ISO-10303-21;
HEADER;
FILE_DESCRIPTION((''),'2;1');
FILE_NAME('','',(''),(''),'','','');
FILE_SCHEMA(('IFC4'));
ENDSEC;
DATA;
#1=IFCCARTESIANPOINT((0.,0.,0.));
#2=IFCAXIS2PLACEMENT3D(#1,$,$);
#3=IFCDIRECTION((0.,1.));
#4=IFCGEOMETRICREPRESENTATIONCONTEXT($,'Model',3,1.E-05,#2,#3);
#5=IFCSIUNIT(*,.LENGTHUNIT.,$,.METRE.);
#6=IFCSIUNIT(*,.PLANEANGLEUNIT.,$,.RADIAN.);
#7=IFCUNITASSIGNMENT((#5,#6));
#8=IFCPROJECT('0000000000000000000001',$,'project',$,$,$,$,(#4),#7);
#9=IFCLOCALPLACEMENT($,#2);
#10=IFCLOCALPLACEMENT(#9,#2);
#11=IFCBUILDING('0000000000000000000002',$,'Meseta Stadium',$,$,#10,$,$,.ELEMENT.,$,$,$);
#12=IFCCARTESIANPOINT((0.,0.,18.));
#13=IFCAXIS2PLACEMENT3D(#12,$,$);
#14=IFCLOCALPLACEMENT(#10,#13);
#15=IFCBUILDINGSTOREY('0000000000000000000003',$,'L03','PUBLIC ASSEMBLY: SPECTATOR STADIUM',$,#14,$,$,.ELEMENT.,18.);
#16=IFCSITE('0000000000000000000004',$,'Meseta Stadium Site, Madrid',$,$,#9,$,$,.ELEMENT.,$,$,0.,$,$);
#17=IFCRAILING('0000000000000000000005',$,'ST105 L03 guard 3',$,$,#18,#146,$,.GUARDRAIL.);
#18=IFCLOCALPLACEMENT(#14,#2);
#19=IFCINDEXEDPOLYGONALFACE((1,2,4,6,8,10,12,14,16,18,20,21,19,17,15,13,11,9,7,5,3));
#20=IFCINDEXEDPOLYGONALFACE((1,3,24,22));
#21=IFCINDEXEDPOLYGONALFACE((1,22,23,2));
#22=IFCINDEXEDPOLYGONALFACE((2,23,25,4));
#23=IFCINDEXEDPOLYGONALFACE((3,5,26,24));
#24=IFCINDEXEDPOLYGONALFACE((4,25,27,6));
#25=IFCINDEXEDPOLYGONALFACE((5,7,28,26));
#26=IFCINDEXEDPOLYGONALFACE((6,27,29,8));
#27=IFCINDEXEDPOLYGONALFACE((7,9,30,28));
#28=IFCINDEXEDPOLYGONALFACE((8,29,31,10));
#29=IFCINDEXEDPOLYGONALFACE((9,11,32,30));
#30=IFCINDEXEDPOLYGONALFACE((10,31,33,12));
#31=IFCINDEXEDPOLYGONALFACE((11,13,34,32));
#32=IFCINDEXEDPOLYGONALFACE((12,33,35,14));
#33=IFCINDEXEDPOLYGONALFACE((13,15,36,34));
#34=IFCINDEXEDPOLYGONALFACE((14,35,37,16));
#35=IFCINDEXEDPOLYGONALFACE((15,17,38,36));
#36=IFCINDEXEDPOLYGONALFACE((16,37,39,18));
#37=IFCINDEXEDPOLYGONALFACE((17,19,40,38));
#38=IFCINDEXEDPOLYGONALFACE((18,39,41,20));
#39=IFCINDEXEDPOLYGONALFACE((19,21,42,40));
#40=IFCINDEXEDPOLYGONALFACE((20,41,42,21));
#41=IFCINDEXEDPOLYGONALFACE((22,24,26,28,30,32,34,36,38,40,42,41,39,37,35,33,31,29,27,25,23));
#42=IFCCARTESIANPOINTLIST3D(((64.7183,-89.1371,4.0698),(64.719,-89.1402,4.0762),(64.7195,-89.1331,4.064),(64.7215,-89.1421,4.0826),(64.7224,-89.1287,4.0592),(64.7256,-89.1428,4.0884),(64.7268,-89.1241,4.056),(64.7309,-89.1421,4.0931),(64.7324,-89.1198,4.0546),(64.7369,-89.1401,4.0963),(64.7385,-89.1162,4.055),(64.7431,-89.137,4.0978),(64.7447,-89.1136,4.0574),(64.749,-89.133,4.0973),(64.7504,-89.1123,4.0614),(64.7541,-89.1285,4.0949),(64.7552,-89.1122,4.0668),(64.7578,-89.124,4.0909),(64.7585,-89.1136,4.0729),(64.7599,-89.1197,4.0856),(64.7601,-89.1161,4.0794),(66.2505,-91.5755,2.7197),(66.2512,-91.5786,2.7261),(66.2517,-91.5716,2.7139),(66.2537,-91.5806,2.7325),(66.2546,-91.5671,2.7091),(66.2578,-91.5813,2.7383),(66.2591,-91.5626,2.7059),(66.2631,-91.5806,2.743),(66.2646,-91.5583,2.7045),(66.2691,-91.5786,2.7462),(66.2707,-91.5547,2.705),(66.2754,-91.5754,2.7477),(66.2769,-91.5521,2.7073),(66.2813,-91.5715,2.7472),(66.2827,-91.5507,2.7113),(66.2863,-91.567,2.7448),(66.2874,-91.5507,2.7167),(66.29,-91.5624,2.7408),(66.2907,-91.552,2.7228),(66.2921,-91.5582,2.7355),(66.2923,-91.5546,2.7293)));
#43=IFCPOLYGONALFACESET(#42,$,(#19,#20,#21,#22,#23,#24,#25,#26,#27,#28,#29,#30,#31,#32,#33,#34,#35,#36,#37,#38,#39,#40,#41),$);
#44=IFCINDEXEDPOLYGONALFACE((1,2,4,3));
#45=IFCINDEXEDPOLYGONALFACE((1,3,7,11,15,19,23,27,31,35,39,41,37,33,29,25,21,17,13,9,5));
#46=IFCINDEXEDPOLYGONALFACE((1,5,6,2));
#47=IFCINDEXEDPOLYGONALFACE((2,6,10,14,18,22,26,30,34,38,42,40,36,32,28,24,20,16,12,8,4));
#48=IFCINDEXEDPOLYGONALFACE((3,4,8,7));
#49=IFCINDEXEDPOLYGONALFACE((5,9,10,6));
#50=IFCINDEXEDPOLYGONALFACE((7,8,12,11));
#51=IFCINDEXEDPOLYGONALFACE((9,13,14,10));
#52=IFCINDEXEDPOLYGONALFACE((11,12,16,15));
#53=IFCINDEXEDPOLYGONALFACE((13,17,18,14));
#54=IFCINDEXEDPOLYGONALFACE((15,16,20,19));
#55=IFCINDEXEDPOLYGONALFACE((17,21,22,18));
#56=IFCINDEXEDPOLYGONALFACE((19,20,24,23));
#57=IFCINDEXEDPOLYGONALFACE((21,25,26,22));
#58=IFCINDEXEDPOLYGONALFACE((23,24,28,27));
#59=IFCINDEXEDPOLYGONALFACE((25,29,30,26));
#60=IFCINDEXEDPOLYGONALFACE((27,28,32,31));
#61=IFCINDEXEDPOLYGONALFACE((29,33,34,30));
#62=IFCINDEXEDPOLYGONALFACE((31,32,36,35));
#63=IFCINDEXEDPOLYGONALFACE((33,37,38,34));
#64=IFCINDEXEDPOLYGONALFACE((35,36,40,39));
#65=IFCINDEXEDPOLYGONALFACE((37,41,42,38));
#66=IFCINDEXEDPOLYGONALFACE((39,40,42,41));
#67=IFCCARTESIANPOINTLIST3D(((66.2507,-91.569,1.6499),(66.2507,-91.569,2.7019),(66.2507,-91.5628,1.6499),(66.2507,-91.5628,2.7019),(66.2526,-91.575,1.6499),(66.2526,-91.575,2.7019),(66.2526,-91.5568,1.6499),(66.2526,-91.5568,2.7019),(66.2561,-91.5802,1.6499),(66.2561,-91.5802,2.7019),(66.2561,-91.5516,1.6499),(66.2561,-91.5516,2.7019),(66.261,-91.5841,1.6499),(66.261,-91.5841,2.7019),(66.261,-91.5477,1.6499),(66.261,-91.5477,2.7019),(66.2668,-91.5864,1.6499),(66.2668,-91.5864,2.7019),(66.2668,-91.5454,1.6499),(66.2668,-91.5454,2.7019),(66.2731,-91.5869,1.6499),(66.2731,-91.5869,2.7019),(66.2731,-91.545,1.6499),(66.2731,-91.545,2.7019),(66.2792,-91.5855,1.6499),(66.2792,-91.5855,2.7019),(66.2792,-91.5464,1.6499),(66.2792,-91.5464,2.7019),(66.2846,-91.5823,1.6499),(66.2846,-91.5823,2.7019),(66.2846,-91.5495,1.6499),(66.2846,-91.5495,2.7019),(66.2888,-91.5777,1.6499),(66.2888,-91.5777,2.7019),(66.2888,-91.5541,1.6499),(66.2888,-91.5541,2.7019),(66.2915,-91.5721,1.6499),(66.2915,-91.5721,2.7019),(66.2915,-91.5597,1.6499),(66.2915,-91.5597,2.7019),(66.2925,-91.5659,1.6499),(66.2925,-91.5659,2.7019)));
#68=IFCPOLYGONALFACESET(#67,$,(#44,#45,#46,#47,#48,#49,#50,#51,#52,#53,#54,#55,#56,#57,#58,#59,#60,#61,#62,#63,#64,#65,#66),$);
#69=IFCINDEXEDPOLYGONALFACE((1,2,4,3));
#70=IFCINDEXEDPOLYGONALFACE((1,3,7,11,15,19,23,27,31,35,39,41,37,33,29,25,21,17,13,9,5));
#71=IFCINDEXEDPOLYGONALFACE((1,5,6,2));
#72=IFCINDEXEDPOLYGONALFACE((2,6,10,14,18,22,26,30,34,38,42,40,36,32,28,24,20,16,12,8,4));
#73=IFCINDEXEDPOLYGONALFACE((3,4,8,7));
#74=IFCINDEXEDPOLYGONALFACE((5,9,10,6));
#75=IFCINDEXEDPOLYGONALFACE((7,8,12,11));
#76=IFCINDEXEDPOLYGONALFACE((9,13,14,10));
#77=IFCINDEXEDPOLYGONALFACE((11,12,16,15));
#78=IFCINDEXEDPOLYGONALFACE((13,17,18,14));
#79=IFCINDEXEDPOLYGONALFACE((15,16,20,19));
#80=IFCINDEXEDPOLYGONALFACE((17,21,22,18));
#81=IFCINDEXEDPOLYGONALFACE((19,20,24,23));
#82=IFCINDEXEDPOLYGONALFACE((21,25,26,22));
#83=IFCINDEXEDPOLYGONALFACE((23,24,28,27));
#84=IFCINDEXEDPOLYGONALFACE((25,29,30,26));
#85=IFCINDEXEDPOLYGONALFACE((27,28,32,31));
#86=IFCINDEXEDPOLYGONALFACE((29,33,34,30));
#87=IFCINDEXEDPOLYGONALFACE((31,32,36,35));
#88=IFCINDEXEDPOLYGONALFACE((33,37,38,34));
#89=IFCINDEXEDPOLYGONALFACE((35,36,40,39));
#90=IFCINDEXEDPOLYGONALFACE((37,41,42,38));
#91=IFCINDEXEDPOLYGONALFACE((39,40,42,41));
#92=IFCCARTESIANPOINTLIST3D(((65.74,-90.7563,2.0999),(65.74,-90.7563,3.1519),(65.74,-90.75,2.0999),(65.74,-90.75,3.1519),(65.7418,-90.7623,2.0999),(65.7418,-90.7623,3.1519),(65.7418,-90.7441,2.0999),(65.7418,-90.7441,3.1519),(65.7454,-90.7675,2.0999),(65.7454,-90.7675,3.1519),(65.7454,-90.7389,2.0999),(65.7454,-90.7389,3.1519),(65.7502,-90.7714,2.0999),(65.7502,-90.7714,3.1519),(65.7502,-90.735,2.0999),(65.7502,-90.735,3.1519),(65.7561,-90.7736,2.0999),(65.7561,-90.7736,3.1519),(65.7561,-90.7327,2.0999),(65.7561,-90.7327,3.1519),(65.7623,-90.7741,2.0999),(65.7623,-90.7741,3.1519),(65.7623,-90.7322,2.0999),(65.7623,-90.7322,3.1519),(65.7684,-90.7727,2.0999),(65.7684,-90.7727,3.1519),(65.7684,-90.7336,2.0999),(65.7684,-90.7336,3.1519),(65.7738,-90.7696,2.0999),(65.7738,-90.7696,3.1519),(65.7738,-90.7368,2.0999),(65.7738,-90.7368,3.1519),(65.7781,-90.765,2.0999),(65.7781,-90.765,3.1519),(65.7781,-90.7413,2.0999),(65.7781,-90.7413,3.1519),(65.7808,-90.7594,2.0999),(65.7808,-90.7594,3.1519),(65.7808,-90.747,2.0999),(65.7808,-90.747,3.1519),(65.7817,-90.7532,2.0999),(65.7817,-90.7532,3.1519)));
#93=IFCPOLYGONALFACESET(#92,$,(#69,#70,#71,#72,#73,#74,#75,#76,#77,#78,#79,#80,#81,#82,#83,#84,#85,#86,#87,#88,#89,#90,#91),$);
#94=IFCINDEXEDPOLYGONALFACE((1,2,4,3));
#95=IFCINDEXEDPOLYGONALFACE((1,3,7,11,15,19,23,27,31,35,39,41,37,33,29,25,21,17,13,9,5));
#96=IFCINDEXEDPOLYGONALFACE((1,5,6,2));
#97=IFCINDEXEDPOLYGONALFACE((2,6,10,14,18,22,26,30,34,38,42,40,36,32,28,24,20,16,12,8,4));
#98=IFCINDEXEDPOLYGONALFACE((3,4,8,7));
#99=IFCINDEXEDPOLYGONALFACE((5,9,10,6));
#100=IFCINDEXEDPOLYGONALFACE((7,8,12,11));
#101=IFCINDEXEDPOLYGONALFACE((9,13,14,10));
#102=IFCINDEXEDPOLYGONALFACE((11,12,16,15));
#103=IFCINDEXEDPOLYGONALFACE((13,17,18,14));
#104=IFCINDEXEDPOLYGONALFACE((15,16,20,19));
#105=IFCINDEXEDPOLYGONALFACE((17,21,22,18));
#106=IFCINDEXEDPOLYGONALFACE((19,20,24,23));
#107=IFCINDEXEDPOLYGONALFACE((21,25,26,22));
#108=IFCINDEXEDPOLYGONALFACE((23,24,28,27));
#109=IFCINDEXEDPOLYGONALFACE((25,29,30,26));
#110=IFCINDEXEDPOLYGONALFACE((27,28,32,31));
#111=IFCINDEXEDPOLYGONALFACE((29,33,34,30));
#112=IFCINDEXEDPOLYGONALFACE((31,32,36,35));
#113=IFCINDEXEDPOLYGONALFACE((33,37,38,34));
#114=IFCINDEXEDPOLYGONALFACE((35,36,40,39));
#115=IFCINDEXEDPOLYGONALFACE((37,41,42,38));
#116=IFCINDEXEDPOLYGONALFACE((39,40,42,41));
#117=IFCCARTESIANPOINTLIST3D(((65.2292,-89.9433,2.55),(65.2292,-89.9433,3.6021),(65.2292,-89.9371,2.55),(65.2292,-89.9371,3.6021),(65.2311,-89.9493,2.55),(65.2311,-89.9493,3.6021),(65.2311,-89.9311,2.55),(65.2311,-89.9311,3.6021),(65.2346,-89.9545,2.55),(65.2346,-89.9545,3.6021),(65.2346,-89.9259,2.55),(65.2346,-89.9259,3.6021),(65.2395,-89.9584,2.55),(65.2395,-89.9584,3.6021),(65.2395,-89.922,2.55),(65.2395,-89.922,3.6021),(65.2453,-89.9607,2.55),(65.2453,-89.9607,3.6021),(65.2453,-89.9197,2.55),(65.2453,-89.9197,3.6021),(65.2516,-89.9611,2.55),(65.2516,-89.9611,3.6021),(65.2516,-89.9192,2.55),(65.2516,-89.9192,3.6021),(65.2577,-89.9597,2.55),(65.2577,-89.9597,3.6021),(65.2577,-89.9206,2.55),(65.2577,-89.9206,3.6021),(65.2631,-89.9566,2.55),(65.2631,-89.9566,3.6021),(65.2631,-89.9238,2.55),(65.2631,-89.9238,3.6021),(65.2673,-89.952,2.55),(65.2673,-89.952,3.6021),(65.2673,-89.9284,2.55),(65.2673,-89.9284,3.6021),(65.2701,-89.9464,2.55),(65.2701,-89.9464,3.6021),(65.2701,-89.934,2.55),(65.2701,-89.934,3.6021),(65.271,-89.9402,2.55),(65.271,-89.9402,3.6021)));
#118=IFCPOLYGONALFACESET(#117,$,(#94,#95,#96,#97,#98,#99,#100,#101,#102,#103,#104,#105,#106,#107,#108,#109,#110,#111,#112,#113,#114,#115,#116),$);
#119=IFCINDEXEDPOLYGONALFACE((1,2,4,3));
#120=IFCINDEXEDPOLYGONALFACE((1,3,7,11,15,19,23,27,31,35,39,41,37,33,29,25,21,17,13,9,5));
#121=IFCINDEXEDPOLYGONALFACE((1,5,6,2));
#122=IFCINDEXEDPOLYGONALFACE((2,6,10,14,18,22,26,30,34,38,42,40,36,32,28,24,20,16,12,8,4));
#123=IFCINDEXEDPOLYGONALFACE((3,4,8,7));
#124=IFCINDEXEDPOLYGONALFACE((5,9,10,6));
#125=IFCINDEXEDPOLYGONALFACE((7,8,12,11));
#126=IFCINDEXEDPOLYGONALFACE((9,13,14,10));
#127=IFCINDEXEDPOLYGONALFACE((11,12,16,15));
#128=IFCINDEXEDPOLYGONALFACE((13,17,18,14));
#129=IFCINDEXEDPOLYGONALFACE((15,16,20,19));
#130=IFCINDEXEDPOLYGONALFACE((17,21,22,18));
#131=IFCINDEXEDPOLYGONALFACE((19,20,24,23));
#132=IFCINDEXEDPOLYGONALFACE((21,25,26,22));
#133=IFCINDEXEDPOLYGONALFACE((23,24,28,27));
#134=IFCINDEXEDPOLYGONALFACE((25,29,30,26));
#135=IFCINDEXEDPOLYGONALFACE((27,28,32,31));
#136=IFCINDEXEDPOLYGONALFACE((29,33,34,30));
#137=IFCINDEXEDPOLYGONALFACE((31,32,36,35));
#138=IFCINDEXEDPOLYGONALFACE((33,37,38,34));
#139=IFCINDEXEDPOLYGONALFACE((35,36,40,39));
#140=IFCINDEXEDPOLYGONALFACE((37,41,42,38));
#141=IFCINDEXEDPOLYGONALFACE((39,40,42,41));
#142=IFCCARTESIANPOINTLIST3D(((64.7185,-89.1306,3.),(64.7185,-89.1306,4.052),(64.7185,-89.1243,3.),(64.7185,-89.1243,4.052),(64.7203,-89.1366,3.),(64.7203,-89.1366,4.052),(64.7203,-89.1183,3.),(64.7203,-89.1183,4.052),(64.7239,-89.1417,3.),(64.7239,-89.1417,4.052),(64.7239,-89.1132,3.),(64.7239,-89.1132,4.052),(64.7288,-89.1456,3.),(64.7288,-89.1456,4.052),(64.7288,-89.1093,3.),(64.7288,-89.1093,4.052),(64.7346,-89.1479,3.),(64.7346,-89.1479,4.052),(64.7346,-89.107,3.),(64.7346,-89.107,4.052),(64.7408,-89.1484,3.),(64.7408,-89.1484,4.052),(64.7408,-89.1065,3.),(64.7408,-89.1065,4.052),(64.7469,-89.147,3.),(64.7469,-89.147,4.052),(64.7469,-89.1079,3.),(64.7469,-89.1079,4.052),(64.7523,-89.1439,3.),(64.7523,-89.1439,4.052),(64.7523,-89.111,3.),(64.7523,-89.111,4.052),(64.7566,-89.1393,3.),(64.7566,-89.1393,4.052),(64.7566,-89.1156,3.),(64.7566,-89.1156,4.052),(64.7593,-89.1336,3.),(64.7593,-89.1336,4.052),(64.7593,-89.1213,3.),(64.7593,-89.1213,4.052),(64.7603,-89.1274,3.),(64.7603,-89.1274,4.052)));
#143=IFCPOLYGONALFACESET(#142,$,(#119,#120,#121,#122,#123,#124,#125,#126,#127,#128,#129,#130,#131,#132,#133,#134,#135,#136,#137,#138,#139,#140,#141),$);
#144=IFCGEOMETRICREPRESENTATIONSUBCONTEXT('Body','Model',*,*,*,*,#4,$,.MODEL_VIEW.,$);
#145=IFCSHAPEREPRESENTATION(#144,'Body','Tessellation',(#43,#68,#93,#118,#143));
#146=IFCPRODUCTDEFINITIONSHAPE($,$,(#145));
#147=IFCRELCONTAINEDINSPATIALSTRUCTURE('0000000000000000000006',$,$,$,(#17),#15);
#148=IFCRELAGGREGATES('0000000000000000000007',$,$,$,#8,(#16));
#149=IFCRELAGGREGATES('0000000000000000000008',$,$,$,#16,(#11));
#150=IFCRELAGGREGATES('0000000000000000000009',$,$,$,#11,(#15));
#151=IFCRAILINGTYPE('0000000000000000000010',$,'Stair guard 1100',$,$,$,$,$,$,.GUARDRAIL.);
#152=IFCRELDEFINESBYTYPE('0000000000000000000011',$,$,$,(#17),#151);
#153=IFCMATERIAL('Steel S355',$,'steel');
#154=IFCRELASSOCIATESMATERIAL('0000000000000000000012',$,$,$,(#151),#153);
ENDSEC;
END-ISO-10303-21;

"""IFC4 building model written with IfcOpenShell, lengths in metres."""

from ifc_helpers import new_model, si_unit, direction, frame, origin, origin_2d, place, context, subcontext, project, spatial, circle, extrude, material, type_object, element, save


model = new_model("IFC4")

# Units and contexts
model_context = context("Model", 3, precision=1e-05, world=origin(), true_north=direction((0.0, 1.0)))
body_context = subcontext(model_context, "Body", "Model", "MODEL_VIEW")
ifc_project = project(units=[si_unit("LENGTHUNIT", "METRE"), si_unit("PLANEANGLEUNIT", "RADIAN")], contexts=[model_context])

# Site, building, storey
site_placement = place(None, origin())
site = spatial("IfcSite", under=ifc_project, at=site_placement, Name="Meseta Stadium Site, Madrid", CompositionType="ELEMENT", RefElevation=0.0)
building_placement = place(site_placement, origin())
building = spatial("IfcBuilding", under=site, at=building_placement, Name="Meseta Stadium", CompositionType="ELEMENT")
storey_placement = place(building_placement, frame((0.0, 0.0, 18.0)))
storey = spatial("IfcBuildingStorey", under=building, at=storey_placement, Name="L03", Description="PUBLIC ASSEMBLY: SPECTATOR STADIUM", CompositionType="ELEMENT", Elevation=18.0)

# Railing
ifc_material_1 = material(Name="Steel S355", Category="steel")
railing_type_1 = type_object("IfcRailingType", Name="Stair guard 1100", PredefinedType="GUARDRAIL", material=ifc_material_1)
railing_1_placement = place(storey_placement, frame((66.2715, -91.5659, 1.6499)))
element("IfcRailing", 1, at=railing_1_placement, inside=storey, type_object=railing_type_1, Name="ST105 L03 guard 3", PredefinedType="GUARDRAIL", context=body_context, shape_type="SweptSolid", body=[
    extrude(circle(Radius=0.0239, at=origin_2d()), frame((0.0, 0.0, 1.0762), z_axis=(-0.481731, 0.766655, 0.42447), x_axis=(-0.846719, -0.53204, 0.0)), (0.0, 0.0, 1.0), 3.1807),
    extrude(circle(Radius=0.021, at=origin_2d()), origin(), (0.0, 0.0, 1.0), 1.052),
    extrude(circle(Radius=0.021, at=origin_2d()), frame((-0.5107, 0.8127, 0.45)), (0.0, 0.0, 1.0), 1.052),
    extrude(circle(Radius=0.021, at=origin_2d()), frame((-1.0215, 1.6257, 0.9001)), (0.0, 0.0, 1.0), 1.052),
    extrude(circle(Radius=0.021, at=origin_2d()), frame((-1.5322, 2.4385, 1.3501)), (0.0, 0.0, 1.0), 1.052),
])

save(model, "model.ifc")
